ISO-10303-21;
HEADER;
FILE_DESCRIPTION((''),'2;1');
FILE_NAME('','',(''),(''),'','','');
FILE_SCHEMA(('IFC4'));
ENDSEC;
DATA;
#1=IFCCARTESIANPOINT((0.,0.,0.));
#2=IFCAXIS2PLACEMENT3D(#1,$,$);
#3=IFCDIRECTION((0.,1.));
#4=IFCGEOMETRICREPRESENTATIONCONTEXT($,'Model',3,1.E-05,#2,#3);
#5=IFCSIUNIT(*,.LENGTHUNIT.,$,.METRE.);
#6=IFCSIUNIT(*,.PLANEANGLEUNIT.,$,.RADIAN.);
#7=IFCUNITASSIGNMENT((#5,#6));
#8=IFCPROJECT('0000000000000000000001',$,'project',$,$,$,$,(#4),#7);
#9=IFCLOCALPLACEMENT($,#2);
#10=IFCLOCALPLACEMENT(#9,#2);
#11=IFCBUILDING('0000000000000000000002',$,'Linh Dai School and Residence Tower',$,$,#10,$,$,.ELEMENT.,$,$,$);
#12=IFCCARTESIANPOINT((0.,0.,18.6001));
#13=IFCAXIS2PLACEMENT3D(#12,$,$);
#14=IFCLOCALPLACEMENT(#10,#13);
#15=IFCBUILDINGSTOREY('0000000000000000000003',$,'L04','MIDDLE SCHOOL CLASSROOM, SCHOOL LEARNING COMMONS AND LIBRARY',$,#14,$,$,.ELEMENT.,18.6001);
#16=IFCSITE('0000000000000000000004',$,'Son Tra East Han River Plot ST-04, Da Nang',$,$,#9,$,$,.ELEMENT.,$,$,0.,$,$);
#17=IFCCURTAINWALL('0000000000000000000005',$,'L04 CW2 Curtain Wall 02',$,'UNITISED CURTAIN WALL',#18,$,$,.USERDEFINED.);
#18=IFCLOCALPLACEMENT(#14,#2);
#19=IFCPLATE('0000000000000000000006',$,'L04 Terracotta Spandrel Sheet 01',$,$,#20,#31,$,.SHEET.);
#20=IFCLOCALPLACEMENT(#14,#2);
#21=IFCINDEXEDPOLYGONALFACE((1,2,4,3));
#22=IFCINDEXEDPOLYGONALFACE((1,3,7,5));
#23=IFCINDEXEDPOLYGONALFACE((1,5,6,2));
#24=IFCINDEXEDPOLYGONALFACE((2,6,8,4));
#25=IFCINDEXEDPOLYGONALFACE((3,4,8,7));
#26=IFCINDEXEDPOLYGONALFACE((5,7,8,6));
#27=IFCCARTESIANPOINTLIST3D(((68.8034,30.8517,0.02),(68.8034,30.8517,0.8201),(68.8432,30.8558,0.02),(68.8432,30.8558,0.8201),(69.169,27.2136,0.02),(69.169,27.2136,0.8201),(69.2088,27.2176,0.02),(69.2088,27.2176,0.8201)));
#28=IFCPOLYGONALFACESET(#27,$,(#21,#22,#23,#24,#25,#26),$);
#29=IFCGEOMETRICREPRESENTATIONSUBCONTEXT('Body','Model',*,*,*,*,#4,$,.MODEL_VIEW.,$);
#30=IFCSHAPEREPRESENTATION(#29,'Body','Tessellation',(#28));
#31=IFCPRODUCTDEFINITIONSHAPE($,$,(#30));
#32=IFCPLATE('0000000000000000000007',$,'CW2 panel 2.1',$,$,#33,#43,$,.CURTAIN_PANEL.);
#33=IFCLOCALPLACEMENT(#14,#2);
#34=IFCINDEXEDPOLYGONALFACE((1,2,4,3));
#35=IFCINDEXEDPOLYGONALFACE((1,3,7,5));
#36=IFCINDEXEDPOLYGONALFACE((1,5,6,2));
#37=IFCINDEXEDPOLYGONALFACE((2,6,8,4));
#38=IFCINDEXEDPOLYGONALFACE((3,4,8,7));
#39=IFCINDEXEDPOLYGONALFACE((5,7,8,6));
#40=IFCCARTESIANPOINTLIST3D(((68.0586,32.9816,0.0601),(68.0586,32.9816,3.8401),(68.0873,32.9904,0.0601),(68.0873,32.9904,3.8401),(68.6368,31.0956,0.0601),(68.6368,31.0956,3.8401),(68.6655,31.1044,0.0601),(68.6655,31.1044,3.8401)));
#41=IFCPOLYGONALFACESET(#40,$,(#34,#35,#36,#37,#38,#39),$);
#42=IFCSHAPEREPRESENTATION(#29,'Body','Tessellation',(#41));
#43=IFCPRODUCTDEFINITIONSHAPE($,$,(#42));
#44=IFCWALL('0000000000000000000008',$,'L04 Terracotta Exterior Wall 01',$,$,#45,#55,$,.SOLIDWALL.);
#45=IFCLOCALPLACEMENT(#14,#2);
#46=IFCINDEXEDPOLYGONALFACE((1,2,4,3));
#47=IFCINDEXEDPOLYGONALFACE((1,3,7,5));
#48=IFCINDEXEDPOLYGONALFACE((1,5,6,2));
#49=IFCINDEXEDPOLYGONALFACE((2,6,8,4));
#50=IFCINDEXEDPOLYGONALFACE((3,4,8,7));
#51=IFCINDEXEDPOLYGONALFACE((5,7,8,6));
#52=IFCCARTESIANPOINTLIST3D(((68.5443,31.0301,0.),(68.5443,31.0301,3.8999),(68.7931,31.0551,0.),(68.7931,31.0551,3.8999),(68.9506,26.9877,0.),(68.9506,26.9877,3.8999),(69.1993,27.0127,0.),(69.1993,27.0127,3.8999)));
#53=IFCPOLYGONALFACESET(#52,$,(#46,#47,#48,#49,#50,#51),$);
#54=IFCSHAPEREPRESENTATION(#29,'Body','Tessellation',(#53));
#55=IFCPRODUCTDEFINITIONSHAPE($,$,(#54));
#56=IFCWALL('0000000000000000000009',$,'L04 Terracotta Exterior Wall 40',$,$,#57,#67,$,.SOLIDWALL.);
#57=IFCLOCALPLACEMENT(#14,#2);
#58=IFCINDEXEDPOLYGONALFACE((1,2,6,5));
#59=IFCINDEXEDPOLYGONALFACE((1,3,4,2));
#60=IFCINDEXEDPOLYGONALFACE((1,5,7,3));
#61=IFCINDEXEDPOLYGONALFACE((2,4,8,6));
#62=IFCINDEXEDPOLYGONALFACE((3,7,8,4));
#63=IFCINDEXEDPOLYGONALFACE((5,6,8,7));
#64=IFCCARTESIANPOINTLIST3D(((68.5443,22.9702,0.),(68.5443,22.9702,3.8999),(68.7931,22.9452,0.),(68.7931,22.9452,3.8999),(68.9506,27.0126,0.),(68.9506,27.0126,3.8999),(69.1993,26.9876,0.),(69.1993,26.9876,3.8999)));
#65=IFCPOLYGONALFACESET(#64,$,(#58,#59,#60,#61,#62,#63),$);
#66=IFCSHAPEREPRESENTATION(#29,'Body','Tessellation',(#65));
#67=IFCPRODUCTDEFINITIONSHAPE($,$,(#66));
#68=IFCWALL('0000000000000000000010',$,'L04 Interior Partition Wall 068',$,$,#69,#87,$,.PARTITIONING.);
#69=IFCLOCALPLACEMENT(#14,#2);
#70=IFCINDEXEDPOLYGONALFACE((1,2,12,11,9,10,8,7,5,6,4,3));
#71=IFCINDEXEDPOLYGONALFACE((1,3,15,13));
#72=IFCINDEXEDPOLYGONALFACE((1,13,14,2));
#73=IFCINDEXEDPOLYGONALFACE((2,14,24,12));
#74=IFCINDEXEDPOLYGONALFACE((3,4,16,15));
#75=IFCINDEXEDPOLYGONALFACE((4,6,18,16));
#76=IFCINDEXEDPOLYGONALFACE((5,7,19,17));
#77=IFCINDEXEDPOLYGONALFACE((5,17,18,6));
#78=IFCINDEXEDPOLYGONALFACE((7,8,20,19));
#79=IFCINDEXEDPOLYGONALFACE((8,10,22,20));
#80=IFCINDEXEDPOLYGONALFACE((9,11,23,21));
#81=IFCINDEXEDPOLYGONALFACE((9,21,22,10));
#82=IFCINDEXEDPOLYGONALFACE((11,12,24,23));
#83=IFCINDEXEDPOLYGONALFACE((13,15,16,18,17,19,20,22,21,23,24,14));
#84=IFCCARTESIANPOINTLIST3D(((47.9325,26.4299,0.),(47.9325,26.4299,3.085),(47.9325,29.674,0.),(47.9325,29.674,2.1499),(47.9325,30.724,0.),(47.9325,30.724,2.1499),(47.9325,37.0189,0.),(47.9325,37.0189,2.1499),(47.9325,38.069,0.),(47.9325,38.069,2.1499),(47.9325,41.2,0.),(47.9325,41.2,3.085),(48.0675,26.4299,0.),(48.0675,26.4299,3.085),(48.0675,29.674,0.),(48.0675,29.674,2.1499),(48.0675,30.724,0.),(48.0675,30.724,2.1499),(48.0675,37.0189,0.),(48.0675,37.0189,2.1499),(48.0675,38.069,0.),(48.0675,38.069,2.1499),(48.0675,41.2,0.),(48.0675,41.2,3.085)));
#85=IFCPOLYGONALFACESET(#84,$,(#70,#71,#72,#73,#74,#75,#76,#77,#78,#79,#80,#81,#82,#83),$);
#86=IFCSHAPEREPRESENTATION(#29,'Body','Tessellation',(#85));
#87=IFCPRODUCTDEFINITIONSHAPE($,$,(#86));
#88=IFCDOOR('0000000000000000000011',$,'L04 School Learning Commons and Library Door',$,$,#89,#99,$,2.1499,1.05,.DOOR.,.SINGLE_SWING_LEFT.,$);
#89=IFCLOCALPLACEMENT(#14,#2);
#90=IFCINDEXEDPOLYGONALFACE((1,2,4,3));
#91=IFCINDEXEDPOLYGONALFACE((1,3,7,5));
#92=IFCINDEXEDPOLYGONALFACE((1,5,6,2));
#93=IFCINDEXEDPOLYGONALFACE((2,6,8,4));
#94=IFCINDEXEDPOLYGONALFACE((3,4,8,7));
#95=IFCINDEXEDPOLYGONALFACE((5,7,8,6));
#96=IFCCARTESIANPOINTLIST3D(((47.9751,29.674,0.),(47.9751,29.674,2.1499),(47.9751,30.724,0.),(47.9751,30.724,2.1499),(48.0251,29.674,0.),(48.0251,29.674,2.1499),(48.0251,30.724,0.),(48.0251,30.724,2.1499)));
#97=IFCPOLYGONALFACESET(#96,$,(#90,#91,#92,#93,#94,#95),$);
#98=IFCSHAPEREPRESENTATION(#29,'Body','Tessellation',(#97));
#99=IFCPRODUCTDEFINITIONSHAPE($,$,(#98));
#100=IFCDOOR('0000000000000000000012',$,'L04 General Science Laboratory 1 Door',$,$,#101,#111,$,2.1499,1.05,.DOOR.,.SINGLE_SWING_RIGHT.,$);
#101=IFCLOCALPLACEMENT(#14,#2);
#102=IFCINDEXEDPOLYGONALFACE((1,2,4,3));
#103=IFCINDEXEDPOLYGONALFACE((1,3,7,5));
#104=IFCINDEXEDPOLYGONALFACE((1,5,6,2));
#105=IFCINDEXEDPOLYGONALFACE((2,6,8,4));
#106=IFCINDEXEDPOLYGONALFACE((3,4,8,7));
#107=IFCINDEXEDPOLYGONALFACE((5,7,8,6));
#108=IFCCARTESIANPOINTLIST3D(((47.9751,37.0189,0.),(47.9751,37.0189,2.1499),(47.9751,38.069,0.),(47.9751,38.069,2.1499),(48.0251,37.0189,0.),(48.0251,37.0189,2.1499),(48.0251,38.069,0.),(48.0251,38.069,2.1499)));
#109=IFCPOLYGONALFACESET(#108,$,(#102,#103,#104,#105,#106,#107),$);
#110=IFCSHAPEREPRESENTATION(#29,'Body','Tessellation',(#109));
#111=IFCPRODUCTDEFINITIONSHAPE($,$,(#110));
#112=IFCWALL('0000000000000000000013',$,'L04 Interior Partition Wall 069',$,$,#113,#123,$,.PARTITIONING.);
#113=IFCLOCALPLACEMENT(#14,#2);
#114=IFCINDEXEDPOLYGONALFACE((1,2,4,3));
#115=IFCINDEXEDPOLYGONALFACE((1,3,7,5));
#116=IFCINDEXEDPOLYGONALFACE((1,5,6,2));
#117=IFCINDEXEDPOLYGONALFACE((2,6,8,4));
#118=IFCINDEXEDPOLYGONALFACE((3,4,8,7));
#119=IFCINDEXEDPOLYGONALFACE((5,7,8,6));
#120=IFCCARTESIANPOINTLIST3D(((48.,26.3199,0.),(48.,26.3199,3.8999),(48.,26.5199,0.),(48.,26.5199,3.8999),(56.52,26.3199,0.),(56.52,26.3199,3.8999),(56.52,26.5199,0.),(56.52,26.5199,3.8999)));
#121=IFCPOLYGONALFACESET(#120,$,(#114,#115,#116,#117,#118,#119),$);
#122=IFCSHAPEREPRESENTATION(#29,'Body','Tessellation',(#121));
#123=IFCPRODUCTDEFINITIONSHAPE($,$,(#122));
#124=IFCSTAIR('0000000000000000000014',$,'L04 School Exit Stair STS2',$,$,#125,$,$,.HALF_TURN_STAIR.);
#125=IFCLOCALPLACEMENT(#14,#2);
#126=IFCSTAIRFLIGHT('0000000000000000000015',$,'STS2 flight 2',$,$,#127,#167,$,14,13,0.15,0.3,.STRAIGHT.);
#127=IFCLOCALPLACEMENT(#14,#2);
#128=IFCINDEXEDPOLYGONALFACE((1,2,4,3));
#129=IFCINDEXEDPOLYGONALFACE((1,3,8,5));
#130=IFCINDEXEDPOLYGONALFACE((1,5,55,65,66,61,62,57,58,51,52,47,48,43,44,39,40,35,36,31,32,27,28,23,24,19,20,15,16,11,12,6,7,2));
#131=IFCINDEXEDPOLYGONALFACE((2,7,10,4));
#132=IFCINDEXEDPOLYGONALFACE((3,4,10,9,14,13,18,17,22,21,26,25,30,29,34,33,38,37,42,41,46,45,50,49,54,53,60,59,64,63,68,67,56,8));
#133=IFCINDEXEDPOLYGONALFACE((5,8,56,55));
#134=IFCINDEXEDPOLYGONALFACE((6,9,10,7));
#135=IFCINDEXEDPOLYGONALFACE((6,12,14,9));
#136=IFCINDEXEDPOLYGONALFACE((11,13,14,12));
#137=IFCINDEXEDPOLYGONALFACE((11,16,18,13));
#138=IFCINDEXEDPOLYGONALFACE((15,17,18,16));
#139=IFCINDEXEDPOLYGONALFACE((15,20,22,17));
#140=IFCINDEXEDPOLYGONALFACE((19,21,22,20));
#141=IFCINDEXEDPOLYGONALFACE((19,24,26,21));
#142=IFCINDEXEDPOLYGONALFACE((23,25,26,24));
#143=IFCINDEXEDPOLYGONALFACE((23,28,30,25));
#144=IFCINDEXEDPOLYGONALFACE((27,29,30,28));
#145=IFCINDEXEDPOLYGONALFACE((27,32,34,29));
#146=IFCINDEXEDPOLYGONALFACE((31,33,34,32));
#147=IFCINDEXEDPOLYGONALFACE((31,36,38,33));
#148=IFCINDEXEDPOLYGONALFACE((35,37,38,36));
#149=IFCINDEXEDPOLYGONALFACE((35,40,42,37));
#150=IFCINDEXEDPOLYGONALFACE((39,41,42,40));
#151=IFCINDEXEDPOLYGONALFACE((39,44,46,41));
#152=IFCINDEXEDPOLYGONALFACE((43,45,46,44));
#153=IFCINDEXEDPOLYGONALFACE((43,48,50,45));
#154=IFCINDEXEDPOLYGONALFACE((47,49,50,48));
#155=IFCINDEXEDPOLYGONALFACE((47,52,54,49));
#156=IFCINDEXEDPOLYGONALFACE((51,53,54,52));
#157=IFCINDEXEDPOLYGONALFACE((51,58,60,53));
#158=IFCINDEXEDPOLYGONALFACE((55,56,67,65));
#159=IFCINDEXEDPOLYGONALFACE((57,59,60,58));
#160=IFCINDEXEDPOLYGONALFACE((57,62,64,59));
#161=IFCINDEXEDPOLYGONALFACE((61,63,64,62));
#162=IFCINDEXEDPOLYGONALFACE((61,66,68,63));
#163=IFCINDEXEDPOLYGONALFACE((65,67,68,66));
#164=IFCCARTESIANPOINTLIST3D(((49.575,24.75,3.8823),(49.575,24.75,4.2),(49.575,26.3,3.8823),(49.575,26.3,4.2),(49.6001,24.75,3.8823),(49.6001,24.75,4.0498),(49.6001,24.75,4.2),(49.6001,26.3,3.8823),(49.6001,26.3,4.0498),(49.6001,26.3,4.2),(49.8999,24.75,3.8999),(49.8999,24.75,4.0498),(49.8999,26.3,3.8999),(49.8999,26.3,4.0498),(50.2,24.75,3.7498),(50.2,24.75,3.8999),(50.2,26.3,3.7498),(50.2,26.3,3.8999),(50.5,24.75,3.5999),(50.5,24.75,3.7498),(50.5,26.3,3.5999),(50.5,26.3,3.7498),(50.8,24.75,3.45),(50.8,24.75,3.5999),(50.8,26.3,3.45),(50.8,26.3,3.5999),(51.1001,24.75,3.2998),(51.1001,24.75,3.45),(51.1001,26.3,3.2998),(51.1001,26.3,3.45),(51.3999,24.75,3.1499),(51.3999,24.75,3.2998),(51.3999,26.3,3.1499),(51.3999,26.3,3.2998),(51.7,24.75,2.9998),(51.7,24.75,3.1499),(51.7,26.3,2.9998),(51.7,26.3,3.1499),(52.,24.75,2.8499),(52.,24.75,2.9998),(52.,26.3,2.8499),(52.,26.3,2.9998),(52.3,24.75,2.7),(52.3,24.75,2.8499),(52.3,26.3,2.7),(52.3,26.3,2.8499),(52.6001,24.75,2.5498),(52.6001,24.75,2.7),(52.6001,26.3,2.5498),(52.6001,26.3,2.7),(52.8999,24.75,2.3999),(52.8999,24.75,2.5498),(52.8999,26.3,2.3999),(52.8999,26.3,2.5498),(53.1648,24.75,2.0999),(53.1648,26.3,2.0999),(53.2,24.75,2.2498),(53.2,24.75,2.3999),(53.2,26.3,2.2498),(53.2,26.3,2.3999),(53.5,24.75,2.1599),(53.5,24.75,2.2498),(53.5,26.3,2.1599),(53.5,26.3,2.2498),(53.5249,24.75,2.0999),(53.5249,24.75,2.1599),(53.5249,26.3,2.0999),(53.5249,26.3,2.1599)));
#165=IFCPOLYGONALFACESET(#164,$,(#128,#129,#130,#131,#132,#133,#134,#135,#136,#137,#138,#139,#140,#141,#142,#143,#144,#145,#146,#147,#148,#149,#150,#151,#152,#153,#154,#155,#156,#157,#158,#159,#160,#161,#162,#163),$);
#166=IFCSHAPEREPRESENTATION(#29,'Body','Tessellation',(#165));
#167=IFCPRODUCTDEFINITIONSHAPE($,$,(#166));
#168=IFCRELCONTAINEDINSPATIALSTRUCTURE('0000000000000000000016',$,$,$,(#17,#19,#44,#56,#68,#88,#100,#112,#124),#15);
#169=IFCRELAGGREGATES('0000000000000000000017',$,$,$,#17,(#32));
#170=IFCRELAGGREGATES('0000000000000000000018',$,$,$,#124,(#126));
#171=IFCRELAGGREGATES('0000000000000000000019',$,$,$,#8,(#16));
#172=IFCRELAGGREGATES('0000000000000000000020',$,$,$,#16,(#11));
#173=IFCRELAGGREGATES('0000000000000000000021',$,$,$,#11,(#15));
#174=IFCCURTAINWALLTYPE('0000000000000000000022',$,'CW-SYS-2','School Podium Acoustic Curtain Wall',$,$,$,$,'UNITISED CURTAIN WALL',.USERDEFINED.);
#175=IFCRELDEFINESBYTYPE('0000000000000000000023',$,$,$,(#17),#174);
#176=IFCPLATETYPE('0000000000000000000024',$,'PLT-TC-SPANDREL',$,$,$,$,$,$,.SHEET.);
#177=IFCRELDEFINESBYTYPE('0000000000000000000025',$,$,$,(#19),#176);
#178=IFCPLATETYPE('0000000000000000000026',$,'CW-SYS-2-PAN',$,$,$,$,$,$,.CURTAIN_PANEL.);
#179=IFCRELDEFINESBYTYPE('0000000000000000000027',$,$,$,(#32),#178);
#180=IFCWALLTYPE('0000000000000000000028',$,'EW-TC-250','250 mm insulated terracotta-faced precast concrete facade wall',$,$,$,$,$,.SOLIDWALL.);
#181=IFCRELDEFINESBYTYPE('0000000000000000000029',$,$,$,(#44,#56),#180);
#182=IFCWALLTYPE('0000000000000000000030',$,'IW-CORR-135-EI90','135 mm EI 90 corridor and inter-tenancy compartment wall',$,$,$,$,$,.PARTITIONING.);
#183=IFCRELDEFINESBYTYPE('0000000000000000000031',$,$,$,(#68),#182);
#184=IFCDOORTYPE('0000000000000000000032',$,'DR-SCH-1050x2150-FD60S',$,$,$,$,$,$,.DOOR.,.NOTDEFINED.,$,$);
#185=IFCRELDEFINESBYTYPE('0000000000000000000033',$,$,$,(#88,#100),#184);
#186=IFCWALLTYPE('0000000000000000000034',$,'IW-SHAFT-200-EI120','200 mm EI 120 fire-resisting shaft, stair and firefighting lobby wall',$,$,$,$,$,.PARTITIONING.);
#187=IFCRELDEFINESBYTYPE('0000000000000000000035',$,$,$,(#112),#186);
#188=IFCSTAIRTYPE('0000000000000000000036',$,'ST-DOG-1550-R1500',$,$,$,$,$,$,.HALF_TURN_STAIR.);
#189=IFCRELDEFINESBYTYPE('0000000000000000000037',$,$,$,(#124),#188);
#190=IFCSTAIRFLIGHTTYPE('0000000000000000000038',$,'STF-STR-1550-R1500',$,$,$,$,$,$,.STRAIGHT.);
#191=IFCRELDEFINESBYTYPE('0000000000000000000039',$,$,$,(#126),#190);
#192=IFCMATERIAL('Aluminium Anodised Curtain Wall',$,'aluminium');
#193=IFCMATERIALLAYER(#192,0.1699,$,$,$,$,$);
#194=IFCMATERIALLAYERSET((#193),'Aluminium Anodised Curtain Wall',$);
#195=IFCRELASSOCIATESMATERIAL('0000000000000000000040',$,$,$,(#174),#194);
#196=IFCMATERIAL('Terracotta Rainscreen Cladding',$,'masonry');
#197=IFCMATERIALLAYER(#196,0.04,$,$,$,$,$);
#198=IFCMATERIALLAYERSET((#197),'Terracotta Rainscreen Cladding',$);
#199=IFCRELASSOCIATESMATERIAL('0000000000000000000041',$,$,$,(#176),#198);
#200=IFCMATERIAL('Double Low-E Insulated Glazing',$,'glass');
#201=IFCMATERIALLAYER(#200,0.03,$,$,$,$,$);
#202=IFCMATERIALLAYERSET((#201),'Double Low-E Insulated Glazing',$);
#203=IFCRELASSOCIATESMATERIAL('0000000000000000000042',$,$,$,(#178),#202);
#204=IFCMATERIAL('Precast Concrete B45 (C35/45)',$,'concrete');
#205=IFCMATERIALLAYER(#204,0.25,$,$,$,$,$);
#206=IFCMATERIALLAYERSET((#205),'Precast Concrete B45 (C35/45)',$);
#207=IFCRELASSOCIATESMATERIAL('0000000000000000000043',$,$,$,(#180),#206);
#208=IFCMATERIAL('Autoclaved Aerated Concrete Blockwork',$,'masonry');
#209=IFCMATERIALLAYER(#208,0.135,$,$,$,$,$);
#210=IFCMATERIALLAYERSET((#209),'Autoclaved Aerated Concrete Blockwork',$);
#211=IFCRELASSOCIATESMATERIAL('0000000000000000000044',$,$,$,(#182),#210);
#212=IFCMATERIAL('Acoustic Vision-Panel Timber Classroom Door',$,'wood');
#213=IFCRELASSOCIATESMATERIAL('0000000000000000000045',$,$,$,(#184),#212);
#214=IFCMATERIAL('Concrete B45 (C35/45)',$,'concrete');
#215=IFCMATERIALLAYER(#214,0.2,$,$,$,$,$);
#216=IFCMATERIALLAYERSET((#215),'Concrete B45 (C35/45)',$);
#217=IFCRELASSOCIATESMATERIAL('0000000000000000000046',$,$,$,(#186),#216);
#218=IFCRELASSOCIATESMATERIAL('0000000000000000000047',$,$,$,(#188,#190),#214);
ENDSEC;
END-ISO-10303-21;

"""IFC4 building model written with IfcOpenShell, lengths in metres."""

from ifc_helpers import new_model, si_unit, direction, frame, frame_2d, origin, origin_2d, place, context, subcontext, project, spatial, polyline, rectangle, outline, extrude, source, transform, mapped, material, layer, layer_set, type_object, element, fill, aggregate, save


model = new_model("IFC4")

# Units and contexts
model_context = context("Model", 3, precision=1e-05, world=origin(), true_north=direction((0.0, 1.0)))
body_context = subcontext(model_context, "Body", "Model", "MODEL_VIEW")
ifc_project = project(units=[si_unit("LENGTHUNIT", "METRE"), si_unit("PLANEANGLEUNIT", "RADIAN")], contexts=[model_context])

# Site, building, storey
site_placement = place(None, origin())
site = spatial("IfcSite", under=ifc_project, at=site_placement, Name="Son Tra East Han River Plot ST-04, Da Nang", CompositionType="ELEMENT", RefElevation=0.0)
building_placement = place(site_placement, origin())
building = spatial("IfcBuilding", under=site, at=building_placement, Name="Linh Dai School and Residence Tower", CompositionType="ELEMENT")
storey_placement = place(building_placement, frame((0.0, 0.0, 18.6001)))
storey = spatial("IfcBuildingStorey", under=building, at=storey_placement, Name="L04", Description="MIDDLE SCHOOL CLASSROOM, SCHOOL LEARNING COMMONS AND LIBRARY", CompositionType="ELEMENT", Elevation=18.6001)

# Curtain wall
ifc_material_1 = material(Name="Aluminium Anodised Curtain Wall", Category="aluminium")
ifc_layer_1 = layer(ifc_material_1, 0.1699)
ifc_layer_set_1 = layer_set([ifc_layer_1], Name="Aluminium Anodised Curtain Wall")
curtain_wall_type = type_object("IfcCurtainWallType", Name="CW-SYS-2", Description="School Podium Acoustic Curtain Wall", ElementType="UNITISED CURTAIN WALL", PredefinedType="USERDEFINED", material=ifc_layer_set_1)
curtain_wall_placement = place(storey_placement, origin())
curtain_wall = element("IfcCurtainWall", 1, at=curtain_wall_placement, inside=storey, type_object=curtain_wall_type, Name="L04 CW2 Curtain Wall 02", ObjectType="UNITISED CURTAIN WALL", PredefinedType="USERDEFINED")

# Plates
ifc_material_2 = material(Name="Terracotta Rainscreen Cladding", Category="masonry")
ifc_layer_2 = layer(ifc_material_2, 0.04)
ifc_layer_set_2 = layer_set([ifc_layer_2], Name="Terracotta Rainscreen Cladding")
plate_type_1 = type_object("IfcPlateType", Name="PLT-TC-SPANDREL", PredefinedType="SHEET", material=ifc_layer_set_2)
shared_shape_1 = source(origin(), body_context, "Body", "SweptSolid", [
    extrude(rectangle(XDim=3.6565, YDim=0.04, at=origin_2d()), origin(), (0.0, 0.0, 1.0), 0.8),
])
plate_1_placement = place(storey_placement, frame((69.0061, 29.0347, 0.02), z_axis=(0.0, 0.0, 1.0), x_axis=(0.099995, -0.994988, 0.0)))
element("IfcPlate", 2, at=plate_1_placement, inside=storey, type_object=plate_type_1, Name="L04 Terracotta Spandrel Sheet 01", PredefinedType="SHEET", context=body_context, shape_type="MappedRepresentation", body=[
    mapped(shared_shape_1, transform((0.0, 0.0, 0.0), x_axis=(1.0, 0.0, 0.0), y_axis=(0.0, 1.0, 0.0), z_axis=(0.0, 0.0, 1.0), scale=1.0)),
])
ifc_material_3 = material(Name="Double Low-E Insulated Glazing", Category="glass")
ifc_layer_3 = layer(ifc_material_3, 0.03)
ifc_layer_set_3 = layer_set([ifc_layer_3], Name="Double Low-E Insulated Glazing")
plate_type_2 = type_object("IfcPlateType", Name="CW-SYS-2-PAN", PredefinedType="CURTAIN_PANEL", material=ifc_layer_set_3)
shared_shape_2 = source(origin(), body_context, "Body", "SweptSolid", [
    extrude(rectangle(XDim=1.9727, YDim=0.03, at=origin_2d()), origin(), (0.0, 0.0, 1.0), 3.78),
])
plate_2_placement = place(storey_placement, frame((68.3621, 32.043, 0.0601), z_axis=(0.0, 0.0, 1.0), x_axis=(0.293104, -0.956081, 0.0)))
plate_2 = element("IfcPlate", 3, at=plate_2_placement, type_object=plate_type_2, Name="CW2 panel 2.1", PredefinedType="CURTAIN_PANEL", context=body_context, shape_type="MappedRepresentation", body=[
    mapped(shared_shape_2, transform((0.0, 0.0, 0.0), x_axis=(1.0, 0.0, 0.0), y_axis=(0.0, 1.0, 0.0), z_axis=(0.0, 0.0, 1.0), scale=1.0)),
])
aggregate(curtain_wall, [plate_2])

# Walls
ifc_material_4 = material(Name="Precast Concrete B45 (C35/45)", Category="concrete")
ifc_layer_4 = layer(ifc_material_4, 0.25)
ifc_layer_set_4 = layer_set([ifc_layer_4], Name="Precast Concrete B45 (C35/45)")
wall_type_1 = type_object("IfcWallType", Name="EW-TC-250", Description="250 mm insulated terracotta-faced precast concrete facade wall", PredefinedType="SOLIDWALL", material=ifc_layer_set_4)
for number, where, z_axis, x_axis, name in (
    (4, (68.6687, 31.0425, 0.0), (0.0, 0.0, 1.0), (0.099992, -0.994988, 0.0), "L04 Terracotta Exterior Wall 01"),
    (5, (69.075, 27.0, 0.0), (0.0, 0.0, 1.0), (-0.099992, -0.994988, 0.0), "L04 Terracotta Exterior Wall 40"),
):
    element("IfcWall", number, at=place(storey_placement, frame(where, z_axis=z_axis, x_axis=x_axis)), inside=storey, type_object=wall_type_1, Name=name, PredefinedType="SOLIDWALL", context=body_context, shape_type="SweptSolid", body=[
        extrude(rectangle(XDim=4.0627, YDim=0.25, at=frame_2d((2.0312, 0.0))), origin(), (0.0, 0.0, 1.0), 3.8999),
    ])

# Wall, openings, doors
ifc_material_5 = material(Name="Autoclaved Aerated Concrete Blockwork", Category="masonry")
ifc_layer_5 = layer(ifc_material_5, 0.135)
ifc_layer_set_5 = layer_set([ifc_layer_5], Name="Autoclaved Aerated Concrete Blockwork")
wall_type_2 = type_object("IfcWallType", Name="IW-CORR-135-EI90", Description="135 mm EI 90 corridor and inter-tenancy compartment wall", PredefinedType="PARTITIONING", material=ifc_layer_set_5)
wall_1_placement = place(storey_placement, frame((48.0, 26.4299, 0.0), z_axis=(0.0, 0.0, 1.0), x_axis=(0.0, 1.0, 0.0)))
wall_1 = element("IfcWall", 6, at=wall_1_placement, inside=storey, type_object=wall_type_2, Name="L04 Interior Partition Wall 068", PredefinedType="PARTITIONING", context=body_context, shape_type="SweptSolid", body=[
    extrude(rectangle(XDim=14.77, YDim=0.135, at=frame_2d((7.385, 0.0))), origin(), (0.0, 0.0, 1.0), 3.085),
])
opening_1_placement = place(wall_1_placement, frame((3.2441, 0.0, 0.0)))
opening_1 = element("IfcOpeningElement", 7, at=opening_1_placement, cuts=wall_1, PredefinedType="OPENING", context=body_context, shape_type="SweptSolid", body=[
    extrude(rectangle(XDim=1.05, YDim=2.1499, at=origin_2d()), frame((0.5249, 0.0776, 1.075), z_axis=(0.0, -1.0, 0.0), x_axis=(1.0, 0.0, 0.0)), (0.0, 0.0, 1.0), 0.155),
])
opening_2_placement = place(wall_1_placement, frame((10.5891, 0.0, 0.0)))
opening_2 = element("IfcOpeningElement", 8, at=opening_2_placement, cuts=wall_1, PredefinedType="OPENING", context=body_context, shape_type="SweptSolid", body=[
    extrude(rectangle(XDim=1.05, YDim=2.1499, at=origin_2d()), frame((0.5249, 0.0776, 1.075), z_axis=(0.0, -1.0, 0.0), x_axis=(1.0, 0.0, 0.0)), (0.0, 0.0, 1.0), 0.155),
])
ifc_material_6 = material(Name="Acoustic Vision-Panel Timber Classroom Door", Category="wood")
door_type = type_object("IfcDoorType", Name="DR-SCH-1050x2150-FD60S", OperationType="NOTDEFINED", PredefinedType="DOOR", material=ifc_material_6)
shared_shape_3 = source(origin(), body_context, "Body", "SweptSolid", [
    extrude(rectangle(XDim=1.05, YDim=2.1499, at=origin_2d()), frame((0.5249, 0.0249, 1.075), z_axis=(0.0, -1.0, 0.0), x_axis=(1.0, 0.0, 0.0)), (0.0, 0.0, 1.0), 0.05),
])
door_1_placement = place(opening_1_placement, origin())
door_1 = element("IfcDoor", 9, at=door_1_placement, inside=storey, type_object=door_type, Name="L04 School Learning Commons and Library Door", OperationType="SINGLE_SWING_LEFT", OverallHeight=2.1499, OverallWidth=1.05, PredefinedType="DOOR", context=body_context, shape_type="MappedRepresentation", body=[
    mapped(shared_shape_3, transform((0.0, 0.0, 0.0), x_axis=(1.0, 0.0, 0.0), y_axis=(0.0, 1.0, 0.0), z_axis=(0.0, 0.0, 1.0), scale=1.0)),
])
fill(opening_1, door_1)
door_2_placement = place(opening_2_placement, origin())
door_2 = element("IfcDoor", 10, at=door_2_placement, inside=storey, type_object=door_type, Name="L04 General Science Laboratory 1 Door", OperationType="SINGLE_SWING_RIGHT", OverallHeight=2.1499, OverallWidth=1.05, PredefinedType="DOOR", context=body_context, shape_type="MappedRepresentation", body=[
    mapped(shared_shape_3, transform((0.0, 0.0, 0.0), x_axis=(1.0, 0.0, 0.0), y_axis=(0.0, 1.0, 0.0), z_axis=(0.0, 0.0, 1.0), scale=1.0)),
])
fill(opening_2, door_2)

# Wall
ifc_material_7 = material(Name="Concrete B45 (C35/45)", Category="concrete")
ifc_layer_6 = layer(ifc_material_7, 0.2)
ifc_layer_set_6 = layer_set([ifc_layer_6], Name="Concrete B45 (C35/45)")
wall_type_3 = type_object("IfcWallType", Name="IW-SHAFT-200-EI120", Description="200 mm EI 120 fire-resisting shaft, stair and firefighting lobby wall", PredefinedType="PARTITIONING", material=ifc_layer_set_6)
wall_2_placement = place(storey_placement, frame((48.0, 26.4199, 0.0), z_axis=(0.0, 0.0, 1.0), x_axis=(1.0, 0.0, 0.0)))
element("IfcWall", 11, at=wall_2_placement, inside=storey, type_object=wall_type_3, Name="L04 Interior Partition Wall 069", PredefinedType="PARTITIONING", context=body_context, shape_type="SweptSolid", body=[
    extrude(rectangle(XDim=8.52, YDim=0.2, at=frame_2d((4.26, 0.0))), origin(), (0.0, 0.0, 1.0), 3.8999),
])

# Stair, stair flight
stair_type = type_object("IfcStairType", Name="ST-DOG-1550-R1500", PredefinedType="HALF_TURN_STAIR", material=ifc_material_7)
stair_placement = place(storey_placement, origin())
stair = element("IfcStair", 12, at=stair_placement, inside=storey, type_object=stair_type, Name="L04 School Exit Stair STS2", PredefinedType="HALF_TURN_STAIR")
stair_flight_type = type_object("IfcStairFlightType", Name="STF-STR-1550-R1500", PredefinedType="STRAIGHT", material=ifc_material_7)
shared_shape_4 = source(origin(), body_context, "Body", "SweptSolid", [
    extrude(outline(polyline([(-0.0249, 0.0), (-0.0249, 0.0601), (0.0, 0.0601), (0.0, 0.1499), (0.3, 0.1499), (0.3, 0.3), (0.6001, 0.3), (0.6001, 0.45), (0.8999, 0.45), (0.8999, 0.6001), (1.2, 0.6001), (1.2, 0.75), (1.5, 0.75), (1.5, 0.8999), (1.8, 0.8999), (1.8, 1.05), (2.1001, 1.05), (2.1001, 1.2), (2.3999, 1.2), (2.3999, 1.3501), (2.7, 1.3501), (2.7, 1.5), (3.0, 1.5), (3.0, 1.6499), (3.3, 1.6499), (3.3, 1.8), (3.6001, 1.8), (3.6001, 1.95), (3.8999, 1.95), (3.8999, 2.1001), (3.925, 2.1001), (3.925, 1.7825), (3.8999, 1.7825), (0.3352, 0.0), (-0.0249, 0.0)])), frame((0.0, 0.7749, 0.0), z_axis=(0.0, -1.0, 0.0), x_axis=(1.0, 0.0, 0.0)), (0.0, 0.0, 1.0), 1.55),
])
stair_flight_placement = place(storey_placement, frame((53.5, 25.5249, 2.0999), z_axis=(0.0, 0.0, 1.0), x_axis=(-1.0, 0.0, 0.0)))
stair_flight = element("IfcStairFlight", 13, at=stair_flight_placement, type_object=stair_flight_type, Name="STS2 flight 2", NumberOfRisers=14, NumberOfTreads=13, PredefinedType="STRAIGHT", RiserHeight=0.15, TreadLength=0.3, context=body_context, shape_type="MappedRepresentation", body=[
    mapped(shared_shape_4, transform((0.0, 0.0, 0.0), x_axis=(1.0, 0.0, 0.0), y_axis=(0.0, 1.0, 0.0), z_axis=(0.0, 0.0, 1.0), scale=1.0)),
])
aggregate(stair, [stair_flight])

save(model, "model.ifc")
